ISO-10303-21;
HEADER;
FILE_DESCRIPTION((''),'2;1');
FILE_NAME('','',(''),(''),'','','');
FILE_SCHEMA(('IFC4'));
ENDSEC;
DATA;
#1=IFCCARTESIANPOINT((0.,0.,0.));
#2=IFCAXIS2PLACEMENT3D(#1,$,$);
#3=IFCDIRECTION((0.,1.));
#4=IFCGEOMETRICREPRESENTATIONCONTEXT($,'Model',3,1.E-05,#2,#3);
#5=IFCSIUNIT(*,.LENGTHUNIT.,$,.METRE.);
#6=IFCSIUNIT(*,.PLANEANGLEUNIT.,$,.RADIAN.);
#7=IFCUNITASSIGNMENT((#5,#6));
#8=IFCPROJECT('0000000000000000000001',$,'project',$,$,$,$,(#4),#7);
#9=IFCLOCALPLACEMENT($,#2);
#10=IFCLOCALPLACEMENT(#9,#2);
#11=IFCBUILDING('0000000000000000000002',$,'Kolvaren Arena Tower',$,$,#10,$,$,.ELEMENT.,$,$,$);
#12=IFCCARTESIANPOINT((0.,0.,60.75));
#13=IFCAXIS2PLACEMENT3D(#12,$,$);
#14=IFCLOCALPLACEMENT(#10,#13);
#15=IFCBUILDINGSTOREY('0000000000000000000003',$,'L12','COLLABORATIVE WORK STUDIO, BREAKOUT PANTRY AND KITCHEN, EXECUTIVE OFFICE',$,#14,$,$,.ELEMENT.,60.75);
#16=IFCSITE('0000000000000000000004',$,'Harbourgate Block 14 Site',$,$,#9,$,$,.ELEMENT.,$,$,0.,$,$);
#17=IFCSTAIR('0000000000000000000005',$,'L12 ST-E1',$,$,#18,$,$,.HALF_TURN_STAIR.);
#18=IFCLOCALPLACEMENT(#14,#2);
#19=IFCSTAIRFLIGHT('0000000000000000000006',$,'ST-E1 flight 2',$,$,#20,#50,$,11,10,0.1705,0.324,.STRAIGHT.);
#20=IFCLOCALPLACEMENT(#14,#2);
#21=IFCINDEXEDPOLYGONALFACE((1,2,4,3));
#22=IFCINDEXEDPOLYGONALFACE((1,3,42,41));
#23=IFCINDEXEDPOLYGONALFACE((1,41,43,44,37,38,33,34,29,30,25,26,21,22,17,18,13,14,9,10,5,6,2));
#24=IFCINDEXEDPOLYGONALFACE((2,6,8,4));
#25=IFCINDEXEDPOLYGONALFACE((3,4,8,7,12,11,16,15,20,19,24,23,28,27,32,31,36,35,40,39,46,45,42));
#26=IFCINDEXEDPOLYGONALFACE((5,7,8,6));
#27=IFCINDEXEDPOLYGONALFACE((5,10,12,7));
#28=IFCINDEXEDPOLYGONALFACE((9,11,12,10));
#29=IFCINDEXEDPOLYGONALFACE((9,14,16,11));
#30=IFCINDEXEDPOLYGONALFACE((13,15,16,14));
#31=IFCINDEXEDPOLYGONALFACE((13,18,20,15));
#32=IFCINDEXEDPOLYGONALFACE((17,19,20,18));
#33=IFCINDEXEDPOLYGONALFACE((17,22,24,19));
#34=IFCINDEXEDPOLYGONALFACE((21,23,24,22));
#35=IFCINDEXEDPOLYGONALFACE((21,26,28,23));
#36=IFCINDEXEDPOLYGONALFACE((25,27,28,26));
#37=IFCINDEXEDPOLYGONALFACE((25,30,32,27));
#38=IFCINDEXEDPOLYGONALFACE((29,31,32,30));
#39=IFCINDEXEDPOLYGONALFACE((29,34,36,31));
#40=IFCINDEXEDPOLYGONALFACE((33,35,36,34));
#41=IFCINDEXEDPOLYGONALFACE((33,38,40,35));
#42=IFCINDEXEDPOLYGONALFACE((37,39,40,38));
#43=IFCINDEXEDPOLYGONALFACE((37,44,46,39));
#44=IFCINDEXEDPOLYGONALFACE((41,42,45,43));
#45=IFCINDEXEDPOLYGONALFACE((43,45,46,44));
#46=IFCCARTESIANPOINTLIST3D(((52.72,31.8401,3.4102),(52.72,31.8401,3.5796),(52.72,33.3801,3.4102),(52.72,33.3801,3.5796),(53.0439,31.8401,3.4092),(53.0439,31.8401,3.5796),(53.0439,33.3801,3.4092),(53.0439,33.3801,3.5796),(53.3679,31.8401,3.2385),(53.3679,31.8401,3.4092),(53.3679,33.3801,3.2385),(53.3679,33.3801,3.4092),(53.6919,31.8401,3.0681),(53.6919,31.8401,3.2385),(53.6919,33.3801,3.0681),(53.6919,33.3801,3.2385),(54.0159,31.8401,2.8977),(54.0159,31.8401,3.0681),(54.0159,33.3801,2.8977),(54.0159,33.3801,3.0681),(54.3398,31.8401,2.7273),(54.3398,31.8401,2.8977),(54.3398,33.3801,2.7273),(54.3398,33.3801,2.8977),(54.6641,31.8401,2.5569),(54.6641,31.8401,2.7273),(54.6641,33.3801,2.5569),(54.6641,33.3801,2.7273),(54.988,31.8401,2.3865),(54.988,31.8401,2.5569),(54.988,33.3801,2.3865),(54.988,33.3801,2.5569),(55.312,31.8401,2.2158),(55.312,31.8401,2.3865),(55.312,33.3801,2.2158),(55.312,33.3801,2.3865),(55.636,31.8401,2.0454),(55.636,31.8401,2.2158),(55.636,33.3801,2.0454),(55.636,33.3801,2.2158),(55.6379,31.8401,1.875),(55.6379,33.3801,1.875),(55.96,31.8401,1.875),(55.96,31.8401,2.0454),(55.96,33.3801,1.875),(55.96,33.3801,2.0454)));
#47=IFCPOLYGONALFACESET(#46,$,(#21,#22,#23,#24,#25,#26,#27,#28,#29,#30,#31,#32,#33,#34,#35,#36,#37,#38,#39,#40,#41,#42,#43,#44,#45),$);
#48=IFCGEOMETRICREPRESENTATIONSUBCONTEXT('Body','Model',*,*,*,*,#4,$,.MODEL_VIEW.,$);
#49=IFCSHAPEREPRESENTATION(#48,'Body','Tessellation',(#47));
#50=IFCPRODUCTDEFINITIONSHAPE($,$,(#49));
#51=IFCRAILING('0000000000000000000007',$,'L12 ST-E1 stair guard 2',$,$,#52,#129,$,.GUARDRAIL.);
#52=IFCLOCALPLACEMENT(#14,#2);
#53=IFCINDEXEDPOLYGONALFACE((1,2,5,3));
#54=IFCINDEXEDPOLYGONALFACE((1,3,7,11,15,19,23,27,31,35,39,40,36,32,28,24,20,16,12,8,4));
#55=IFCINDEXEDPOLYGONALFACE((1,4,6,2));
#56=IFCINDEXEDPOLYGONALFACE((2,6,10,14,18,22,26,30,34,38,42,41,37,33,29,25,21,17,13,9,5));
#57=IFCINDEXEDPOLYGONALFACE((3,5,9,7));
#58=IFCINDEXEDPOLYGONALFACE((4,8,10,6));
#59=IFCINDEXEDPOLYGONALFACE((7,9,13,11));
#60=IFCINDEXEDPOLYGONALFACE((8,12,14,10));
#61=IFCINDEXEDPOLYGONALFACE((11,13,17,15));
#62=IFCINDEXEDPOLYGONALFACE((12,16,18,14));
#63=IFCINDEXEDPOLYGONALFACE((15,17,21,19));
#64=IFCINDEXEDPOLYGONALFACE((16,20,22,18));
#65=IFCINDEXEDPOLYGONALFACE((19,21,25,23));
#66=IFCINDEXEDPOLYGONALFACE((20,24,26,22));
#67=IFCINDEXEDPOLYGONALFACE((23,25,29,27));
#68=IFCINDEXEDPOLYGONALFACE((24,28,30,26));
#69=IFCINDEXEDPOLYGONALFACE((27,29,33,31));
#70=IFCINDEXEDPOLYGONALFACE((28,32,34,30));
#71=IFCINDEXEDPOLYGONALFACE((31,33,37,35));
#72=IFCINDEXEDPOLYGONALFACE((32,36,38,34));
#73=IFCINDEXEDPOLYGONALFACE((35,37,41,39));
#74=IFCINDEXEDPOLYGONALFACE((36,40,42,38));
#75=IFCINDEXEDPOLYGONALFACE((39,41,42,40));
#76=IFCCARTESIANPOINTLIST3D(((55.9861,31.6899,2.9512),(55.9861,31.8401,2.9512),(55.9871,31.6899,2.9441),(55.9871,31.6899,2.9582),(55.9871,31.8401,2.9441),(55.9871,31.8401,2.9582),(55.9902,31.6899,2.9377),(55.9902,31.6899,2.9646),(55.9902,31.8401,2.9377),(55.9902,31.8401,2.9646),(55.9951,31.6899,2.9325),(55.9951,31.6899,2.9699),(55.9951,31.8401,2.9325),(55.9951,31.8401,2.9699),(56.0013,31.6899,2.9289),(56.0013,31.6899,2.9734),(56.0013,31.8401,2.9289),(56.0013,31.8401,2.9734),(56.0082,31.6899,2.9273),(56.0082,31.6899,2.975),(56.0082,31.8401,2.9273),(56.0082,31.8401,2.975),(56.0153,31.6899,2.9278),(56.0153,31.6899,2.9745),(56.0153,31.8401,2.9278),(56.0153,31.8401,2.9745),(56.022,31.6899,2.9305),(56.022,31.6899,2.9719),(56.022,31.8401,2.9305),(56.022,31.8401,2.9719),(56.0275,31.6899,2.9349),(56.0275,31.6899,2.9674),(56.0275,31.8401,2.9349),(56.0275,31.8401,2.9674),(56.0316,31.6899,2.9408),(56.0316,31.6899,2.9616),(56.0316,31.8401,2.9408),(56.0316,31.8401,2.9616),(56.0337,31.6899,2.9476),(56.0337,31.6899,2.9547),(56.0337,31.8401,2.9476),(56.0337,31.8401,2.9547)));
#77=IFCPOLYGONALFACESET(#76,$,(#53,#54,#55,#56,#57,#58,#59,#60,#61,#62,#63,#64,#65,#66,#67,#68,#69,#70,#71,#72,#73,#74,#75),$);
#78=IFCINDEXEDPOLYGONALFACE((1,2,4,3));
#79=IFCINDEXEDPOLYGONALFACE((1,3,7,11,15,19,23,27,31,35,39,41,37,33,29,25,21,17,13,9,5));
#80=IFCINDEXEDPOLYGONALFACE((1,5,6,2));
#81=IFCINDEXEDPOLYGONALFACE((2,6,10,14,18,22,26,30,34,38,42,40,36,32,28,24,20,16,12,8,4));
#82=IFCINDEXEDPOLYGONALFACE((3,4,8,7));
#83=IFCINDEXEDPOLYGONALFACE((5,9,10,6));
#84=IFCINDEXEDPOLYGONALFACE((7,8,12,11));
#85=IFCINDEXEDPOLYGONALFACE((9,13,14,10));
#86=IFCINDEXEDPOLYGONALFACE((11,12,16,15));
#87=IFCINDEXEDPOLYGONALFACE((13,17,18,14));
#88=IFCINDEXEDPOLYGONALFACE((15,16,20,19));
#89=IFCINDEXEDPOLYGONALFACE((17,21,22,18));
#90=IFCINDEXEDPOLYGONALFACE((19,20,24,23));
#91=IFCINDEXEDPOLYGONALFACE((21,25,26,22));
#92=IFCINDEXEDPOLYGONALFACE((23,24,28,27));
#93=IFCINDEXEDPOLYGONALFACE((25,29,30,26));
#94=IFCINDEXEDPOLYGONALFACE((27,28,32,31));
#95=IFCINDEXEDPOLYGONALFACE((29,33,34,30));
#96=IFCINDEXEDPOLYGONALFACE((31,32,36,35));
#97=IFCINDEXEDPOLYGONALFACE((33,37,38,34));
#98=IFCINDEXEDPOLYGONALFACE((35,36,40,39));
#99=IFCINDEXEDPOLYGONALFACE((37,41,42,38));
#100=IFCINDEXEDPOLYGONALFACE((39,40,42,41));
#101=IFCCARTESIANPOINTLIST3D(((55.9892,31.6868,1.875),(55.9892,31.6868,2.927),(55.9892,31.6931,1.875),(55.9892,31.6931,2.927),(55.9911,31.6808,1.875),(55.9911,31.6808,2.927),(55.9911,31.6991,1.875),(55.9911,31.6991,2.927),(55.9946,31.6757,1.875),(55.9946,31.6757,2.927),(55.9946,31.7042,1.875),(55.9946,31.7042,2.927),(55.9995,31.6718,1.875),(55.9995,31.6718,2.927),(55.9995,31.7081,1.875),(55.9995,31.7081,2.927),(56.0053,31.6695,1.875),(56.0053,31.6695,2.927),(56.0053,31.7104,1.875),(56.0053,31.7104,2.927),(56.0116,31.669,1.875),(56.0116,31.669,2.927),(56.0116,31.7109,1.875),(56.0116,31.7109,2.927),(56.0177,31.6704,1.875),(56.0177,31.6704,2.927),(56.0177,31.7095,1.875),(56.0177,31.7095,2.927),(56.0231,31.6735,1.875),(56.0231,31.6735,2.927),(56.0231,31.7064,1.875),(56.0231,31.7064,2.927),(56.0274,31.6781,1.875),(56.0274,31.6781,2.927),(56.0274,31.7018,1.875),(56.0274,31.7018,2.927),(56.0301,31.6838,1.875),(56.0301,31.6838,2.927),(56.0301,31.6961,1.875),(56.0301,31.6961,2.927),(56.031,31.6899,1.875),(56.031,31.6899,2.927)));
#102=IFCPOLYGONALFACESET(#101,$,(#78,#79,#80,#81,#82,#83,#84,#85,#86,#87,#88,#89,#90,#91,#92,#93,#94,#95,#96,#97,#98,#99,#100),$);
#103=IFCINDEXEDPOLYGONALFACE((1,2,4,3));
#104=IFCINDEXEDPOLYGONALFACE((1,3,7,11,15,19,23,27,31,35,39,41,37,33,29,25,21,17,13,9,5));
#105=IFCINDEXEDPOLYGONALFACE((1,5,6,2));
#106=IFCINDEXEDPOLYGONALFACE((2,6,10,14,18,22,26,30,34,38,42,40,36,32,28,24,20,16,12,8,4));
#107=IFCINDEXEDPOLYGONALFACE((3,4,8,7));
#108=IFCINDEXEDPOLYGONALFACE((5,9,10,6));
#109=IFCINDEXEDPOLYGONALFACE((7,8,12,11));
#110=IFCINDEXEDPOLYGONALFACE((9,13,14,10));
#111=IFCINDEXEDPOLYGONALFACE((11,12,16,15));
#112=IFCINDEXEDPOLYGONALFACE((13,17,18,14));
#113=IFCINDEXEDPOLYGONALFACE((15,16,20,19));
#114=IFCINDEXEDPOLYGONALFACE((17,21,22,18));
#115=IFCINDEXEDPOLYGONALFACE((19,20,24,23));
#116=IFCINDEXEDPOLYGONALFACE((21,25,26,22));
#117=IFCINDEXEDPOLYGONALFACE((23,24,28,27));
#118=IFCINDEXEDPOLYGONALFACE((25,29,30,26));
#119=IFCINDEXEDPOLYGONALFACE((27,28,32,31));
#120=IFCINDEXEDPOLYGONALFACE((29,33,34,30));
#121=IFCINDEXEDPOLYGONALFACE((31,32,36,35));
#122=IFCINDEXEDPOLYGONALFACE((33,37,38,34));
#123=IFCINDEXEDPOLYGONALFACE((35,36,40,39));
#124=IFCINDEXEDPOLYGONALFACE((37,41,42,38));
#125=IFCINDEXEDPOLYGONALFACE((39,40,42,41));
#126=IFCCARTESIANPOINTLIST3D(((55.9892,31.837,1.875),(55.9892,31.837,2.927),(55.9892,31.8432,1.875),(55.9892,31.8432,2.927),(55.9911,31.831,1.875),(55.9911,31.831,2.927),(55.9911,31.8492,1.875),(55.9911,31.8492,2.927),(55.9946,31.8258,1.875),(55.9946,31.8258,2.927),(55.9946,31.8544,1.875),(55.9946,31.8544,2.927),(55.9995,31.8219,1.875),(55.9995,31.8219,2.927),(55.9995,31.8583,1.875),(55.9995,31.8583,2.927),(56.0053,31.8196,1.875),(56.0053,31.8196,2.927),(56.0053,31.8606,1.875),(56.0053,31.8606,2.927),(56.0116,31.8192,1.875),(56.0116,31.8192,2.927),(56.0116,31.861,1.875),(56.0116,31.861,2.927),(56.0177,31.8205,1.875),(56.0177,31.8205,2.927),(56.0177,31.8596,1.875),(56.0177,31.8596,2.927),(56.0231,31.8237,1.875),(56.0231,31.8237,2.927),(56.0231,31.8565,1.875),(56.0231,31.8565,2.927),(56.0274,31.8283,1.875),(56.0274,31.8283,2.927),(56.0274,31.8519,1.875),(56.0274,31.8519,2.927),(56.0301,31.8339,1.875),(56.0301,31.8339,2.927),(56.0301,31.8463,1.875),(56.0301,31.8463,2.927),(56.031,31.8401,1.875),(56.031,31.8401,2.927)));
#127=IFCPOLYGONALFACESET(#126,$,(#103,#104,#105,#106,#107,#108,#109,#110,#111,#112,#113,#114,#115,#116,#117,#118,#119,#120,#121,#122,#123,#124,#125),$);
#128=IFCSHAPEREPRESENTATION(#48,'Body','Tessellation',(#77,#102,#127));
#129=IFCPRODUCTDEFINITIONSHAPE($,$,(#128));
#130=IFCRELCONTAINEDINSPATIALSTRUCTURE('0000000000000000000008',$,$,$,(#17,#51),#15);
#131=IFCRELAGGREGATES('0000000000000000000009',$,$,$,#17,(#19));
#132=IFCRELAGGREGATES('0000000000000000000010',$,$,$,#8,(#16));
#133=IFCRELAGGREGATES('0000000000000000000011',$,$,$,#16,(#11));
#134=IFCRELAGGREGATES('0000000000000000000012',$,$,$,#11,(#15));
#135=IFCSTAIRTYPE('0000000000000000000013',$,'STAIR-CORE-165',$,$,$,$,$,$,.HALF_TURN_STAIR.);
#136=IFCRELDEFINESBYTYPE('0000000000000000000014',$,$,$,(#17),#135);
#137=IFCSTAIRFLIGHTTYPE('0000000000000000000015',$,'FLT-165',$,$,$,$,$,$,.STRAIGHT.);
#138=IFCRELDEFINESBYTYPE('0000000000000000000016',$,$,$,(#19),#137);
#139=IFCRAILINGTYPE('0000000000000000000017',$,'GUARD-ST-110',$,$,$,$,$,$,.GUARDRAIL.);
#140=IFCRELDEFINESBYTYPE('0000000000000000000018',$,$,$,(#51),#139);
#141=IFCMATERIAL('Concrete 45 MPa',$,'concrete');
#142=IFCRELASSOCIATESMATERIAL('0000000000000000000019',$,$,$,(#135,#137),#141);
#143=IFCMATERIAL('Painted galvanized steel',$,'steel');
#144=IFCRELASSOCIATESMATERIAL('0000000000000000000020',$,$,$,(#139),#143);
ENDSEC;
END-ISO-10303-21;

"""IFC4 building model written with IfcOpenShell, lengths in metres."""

from ifc_helpers import new_model, si_unit, direction, frame, origin, origin_2d, place, context, subcontext, project, spatial, polyline, circle, outline, extrude, material, type_object, element, aggregate, save


model = new_model("IFC4")

# Units and contexts
model_context = context("Model", 3, precision=1e-05, world=origin(), true_north=direction((0.0, 1.0)))
body_context = subcontext(model_context, "Body", "Model", "MODEL_VIEW")
ifc_project = project(units=[si_unit("LENGTHUNIT", "METRE"), si_unit("PLANEANGLEUNIT", "RADIAN")], contexts=[model_context])

# Site, building, storey
site_placement = place(None, origin())
site = spatial("IfcSite", under=ifc_project, at=site_placement, Name="Harbourgate Block 14 Site", CompositionType="ELEMENT", RefElevation=0.0)
building_placement = place(site_placement, origin())
building = spatial("IfcBuilding", under=site, at=building_placement, Name="Kolvaren Arena Tower", CompositionType="ELEMENT")
storey_placement = place(building_placement, frame((0.0, 0.0, 60.75)))
storey = spatial("IfcBuildingStorey", under=building, at=storey_placement, Name="L12", Description="COLLABORATIVE WORK STUDIO, BREAKOUT PANTRY AND KITCHEN, EXECUTIVE OFFICE", CompositionType="ELEMENT", Elevation=60.75)

# Shared definitions
ifc_material_1 = material(Name="Concrete 45 MPa", Category="concrete")

# Stair, stair flight
stair_type = type_object("IfcStairType", Name="STAIR-CORE-165", PredefinedType="HALF_TURN_STAIR", material=ifc_material_1)
stair_placement = place(storey_placement, origin())
stair = element("IfcStair", 1, at=stair_placement, inside=storey, type_object=stair_type, Name="L12 ST-E1", PredefinedType="HALF_TURN_STAIR")
stair_flight_type = type_object("IfcStairFlightType", Name="FLT-165", PredefinedType="STRAIGHT", material=ifc_material_1)
stair_flight_placement = place(storey_placement, frame((55.96, 32.6101, 1.875), z_axis=(0.0, 0.0, 1.0), x_axis=(-1.0, 0.0, 0.0)))
stair_flight = element("IfcStairFlight", 2, at=stair_flight_placement, type_object=stair_flight_type, Name="ST-E1 flight 2", NumberOfRisers=11, NumberOfTreads=10, PredefinedType="STRAIGHT", RiserHeight=0.1705, TreadLength=0.324, context=body_context, shape_type="SweptSolid", body=[
    extrude(outline(polyline([(0.0, 0.0), (0.0, 0.1704), (0.324, 0.1704), (0.324, 0.3408), (0.6479, 0.3408), (0.6479, 0.5115), (0.9719, 0.5115), (0.9719, 0.6819), (1.2959, 0.6819), (1.2959, 0.8523), (1.6201, 0.8523), (1.6201, 1.0227), (1.9441, 1.0227), (1.9441, 1.1931), (2.2681, 1.1931), (2.2681, 1.3635), (2.592, 1.3635), (2.592, 1.5342), (2.916, 1.5342), (2.916, 1.7046), (3.24, 1.7046), (3.24, 1.875), (3.24, 1.5352), (0.322, 0.0), (0.0, 0.0)])), frame((0.0, 0.77, 0.0), z_axis=(0.0, -1.0, 0.0), x_axis=(1.0, 0.0, 0.0)), (0.0, 0.0, 1.0), 1.54),
])
aggregate(stair, [stair_flight])

# Railing
ifc_material_2 = material(Name="Painted galvanized steel", Category="steel")
railing_type_1 = type_object("IfcRailingType", Name="GUARD-ST-110", PredefinedType="GUARDRAIL", material=ifc_material_2)
railing_1_placement = place(storey_placement, frame((56.01, 31.6899, 1.875)))
element("IfcRailing", 3, at=railing_1_placement, inside=storey, type_object=railing_type_1, Name="L12 ST-E1 stair guard 2", PredefinedType="GUARDRAIL", context=body_context, shape_type="SweptSolid", body=[
    extrude(circle(Radius=0.0239, at=origin_2d()), frame((0.0, 0.0, 1.0762), z_axis=(0.0, 1.0, 0.0), x_axis=(-1.0, 0.0, 0.0)), (0.0, 0.0, 1.0), 0.1501),
    extrude(circle(Radius=0.021, at=origin_2d()), origin(), (0.0, 0.0, 1.0), 1.052),
    extrude(circle(Radius=0.021, at=origin_2d()), frame((0.0, 0.1501, 0.0)), (0.0, 0.0, 1.0), 1.052),
])

save(model, "model.ifc")
